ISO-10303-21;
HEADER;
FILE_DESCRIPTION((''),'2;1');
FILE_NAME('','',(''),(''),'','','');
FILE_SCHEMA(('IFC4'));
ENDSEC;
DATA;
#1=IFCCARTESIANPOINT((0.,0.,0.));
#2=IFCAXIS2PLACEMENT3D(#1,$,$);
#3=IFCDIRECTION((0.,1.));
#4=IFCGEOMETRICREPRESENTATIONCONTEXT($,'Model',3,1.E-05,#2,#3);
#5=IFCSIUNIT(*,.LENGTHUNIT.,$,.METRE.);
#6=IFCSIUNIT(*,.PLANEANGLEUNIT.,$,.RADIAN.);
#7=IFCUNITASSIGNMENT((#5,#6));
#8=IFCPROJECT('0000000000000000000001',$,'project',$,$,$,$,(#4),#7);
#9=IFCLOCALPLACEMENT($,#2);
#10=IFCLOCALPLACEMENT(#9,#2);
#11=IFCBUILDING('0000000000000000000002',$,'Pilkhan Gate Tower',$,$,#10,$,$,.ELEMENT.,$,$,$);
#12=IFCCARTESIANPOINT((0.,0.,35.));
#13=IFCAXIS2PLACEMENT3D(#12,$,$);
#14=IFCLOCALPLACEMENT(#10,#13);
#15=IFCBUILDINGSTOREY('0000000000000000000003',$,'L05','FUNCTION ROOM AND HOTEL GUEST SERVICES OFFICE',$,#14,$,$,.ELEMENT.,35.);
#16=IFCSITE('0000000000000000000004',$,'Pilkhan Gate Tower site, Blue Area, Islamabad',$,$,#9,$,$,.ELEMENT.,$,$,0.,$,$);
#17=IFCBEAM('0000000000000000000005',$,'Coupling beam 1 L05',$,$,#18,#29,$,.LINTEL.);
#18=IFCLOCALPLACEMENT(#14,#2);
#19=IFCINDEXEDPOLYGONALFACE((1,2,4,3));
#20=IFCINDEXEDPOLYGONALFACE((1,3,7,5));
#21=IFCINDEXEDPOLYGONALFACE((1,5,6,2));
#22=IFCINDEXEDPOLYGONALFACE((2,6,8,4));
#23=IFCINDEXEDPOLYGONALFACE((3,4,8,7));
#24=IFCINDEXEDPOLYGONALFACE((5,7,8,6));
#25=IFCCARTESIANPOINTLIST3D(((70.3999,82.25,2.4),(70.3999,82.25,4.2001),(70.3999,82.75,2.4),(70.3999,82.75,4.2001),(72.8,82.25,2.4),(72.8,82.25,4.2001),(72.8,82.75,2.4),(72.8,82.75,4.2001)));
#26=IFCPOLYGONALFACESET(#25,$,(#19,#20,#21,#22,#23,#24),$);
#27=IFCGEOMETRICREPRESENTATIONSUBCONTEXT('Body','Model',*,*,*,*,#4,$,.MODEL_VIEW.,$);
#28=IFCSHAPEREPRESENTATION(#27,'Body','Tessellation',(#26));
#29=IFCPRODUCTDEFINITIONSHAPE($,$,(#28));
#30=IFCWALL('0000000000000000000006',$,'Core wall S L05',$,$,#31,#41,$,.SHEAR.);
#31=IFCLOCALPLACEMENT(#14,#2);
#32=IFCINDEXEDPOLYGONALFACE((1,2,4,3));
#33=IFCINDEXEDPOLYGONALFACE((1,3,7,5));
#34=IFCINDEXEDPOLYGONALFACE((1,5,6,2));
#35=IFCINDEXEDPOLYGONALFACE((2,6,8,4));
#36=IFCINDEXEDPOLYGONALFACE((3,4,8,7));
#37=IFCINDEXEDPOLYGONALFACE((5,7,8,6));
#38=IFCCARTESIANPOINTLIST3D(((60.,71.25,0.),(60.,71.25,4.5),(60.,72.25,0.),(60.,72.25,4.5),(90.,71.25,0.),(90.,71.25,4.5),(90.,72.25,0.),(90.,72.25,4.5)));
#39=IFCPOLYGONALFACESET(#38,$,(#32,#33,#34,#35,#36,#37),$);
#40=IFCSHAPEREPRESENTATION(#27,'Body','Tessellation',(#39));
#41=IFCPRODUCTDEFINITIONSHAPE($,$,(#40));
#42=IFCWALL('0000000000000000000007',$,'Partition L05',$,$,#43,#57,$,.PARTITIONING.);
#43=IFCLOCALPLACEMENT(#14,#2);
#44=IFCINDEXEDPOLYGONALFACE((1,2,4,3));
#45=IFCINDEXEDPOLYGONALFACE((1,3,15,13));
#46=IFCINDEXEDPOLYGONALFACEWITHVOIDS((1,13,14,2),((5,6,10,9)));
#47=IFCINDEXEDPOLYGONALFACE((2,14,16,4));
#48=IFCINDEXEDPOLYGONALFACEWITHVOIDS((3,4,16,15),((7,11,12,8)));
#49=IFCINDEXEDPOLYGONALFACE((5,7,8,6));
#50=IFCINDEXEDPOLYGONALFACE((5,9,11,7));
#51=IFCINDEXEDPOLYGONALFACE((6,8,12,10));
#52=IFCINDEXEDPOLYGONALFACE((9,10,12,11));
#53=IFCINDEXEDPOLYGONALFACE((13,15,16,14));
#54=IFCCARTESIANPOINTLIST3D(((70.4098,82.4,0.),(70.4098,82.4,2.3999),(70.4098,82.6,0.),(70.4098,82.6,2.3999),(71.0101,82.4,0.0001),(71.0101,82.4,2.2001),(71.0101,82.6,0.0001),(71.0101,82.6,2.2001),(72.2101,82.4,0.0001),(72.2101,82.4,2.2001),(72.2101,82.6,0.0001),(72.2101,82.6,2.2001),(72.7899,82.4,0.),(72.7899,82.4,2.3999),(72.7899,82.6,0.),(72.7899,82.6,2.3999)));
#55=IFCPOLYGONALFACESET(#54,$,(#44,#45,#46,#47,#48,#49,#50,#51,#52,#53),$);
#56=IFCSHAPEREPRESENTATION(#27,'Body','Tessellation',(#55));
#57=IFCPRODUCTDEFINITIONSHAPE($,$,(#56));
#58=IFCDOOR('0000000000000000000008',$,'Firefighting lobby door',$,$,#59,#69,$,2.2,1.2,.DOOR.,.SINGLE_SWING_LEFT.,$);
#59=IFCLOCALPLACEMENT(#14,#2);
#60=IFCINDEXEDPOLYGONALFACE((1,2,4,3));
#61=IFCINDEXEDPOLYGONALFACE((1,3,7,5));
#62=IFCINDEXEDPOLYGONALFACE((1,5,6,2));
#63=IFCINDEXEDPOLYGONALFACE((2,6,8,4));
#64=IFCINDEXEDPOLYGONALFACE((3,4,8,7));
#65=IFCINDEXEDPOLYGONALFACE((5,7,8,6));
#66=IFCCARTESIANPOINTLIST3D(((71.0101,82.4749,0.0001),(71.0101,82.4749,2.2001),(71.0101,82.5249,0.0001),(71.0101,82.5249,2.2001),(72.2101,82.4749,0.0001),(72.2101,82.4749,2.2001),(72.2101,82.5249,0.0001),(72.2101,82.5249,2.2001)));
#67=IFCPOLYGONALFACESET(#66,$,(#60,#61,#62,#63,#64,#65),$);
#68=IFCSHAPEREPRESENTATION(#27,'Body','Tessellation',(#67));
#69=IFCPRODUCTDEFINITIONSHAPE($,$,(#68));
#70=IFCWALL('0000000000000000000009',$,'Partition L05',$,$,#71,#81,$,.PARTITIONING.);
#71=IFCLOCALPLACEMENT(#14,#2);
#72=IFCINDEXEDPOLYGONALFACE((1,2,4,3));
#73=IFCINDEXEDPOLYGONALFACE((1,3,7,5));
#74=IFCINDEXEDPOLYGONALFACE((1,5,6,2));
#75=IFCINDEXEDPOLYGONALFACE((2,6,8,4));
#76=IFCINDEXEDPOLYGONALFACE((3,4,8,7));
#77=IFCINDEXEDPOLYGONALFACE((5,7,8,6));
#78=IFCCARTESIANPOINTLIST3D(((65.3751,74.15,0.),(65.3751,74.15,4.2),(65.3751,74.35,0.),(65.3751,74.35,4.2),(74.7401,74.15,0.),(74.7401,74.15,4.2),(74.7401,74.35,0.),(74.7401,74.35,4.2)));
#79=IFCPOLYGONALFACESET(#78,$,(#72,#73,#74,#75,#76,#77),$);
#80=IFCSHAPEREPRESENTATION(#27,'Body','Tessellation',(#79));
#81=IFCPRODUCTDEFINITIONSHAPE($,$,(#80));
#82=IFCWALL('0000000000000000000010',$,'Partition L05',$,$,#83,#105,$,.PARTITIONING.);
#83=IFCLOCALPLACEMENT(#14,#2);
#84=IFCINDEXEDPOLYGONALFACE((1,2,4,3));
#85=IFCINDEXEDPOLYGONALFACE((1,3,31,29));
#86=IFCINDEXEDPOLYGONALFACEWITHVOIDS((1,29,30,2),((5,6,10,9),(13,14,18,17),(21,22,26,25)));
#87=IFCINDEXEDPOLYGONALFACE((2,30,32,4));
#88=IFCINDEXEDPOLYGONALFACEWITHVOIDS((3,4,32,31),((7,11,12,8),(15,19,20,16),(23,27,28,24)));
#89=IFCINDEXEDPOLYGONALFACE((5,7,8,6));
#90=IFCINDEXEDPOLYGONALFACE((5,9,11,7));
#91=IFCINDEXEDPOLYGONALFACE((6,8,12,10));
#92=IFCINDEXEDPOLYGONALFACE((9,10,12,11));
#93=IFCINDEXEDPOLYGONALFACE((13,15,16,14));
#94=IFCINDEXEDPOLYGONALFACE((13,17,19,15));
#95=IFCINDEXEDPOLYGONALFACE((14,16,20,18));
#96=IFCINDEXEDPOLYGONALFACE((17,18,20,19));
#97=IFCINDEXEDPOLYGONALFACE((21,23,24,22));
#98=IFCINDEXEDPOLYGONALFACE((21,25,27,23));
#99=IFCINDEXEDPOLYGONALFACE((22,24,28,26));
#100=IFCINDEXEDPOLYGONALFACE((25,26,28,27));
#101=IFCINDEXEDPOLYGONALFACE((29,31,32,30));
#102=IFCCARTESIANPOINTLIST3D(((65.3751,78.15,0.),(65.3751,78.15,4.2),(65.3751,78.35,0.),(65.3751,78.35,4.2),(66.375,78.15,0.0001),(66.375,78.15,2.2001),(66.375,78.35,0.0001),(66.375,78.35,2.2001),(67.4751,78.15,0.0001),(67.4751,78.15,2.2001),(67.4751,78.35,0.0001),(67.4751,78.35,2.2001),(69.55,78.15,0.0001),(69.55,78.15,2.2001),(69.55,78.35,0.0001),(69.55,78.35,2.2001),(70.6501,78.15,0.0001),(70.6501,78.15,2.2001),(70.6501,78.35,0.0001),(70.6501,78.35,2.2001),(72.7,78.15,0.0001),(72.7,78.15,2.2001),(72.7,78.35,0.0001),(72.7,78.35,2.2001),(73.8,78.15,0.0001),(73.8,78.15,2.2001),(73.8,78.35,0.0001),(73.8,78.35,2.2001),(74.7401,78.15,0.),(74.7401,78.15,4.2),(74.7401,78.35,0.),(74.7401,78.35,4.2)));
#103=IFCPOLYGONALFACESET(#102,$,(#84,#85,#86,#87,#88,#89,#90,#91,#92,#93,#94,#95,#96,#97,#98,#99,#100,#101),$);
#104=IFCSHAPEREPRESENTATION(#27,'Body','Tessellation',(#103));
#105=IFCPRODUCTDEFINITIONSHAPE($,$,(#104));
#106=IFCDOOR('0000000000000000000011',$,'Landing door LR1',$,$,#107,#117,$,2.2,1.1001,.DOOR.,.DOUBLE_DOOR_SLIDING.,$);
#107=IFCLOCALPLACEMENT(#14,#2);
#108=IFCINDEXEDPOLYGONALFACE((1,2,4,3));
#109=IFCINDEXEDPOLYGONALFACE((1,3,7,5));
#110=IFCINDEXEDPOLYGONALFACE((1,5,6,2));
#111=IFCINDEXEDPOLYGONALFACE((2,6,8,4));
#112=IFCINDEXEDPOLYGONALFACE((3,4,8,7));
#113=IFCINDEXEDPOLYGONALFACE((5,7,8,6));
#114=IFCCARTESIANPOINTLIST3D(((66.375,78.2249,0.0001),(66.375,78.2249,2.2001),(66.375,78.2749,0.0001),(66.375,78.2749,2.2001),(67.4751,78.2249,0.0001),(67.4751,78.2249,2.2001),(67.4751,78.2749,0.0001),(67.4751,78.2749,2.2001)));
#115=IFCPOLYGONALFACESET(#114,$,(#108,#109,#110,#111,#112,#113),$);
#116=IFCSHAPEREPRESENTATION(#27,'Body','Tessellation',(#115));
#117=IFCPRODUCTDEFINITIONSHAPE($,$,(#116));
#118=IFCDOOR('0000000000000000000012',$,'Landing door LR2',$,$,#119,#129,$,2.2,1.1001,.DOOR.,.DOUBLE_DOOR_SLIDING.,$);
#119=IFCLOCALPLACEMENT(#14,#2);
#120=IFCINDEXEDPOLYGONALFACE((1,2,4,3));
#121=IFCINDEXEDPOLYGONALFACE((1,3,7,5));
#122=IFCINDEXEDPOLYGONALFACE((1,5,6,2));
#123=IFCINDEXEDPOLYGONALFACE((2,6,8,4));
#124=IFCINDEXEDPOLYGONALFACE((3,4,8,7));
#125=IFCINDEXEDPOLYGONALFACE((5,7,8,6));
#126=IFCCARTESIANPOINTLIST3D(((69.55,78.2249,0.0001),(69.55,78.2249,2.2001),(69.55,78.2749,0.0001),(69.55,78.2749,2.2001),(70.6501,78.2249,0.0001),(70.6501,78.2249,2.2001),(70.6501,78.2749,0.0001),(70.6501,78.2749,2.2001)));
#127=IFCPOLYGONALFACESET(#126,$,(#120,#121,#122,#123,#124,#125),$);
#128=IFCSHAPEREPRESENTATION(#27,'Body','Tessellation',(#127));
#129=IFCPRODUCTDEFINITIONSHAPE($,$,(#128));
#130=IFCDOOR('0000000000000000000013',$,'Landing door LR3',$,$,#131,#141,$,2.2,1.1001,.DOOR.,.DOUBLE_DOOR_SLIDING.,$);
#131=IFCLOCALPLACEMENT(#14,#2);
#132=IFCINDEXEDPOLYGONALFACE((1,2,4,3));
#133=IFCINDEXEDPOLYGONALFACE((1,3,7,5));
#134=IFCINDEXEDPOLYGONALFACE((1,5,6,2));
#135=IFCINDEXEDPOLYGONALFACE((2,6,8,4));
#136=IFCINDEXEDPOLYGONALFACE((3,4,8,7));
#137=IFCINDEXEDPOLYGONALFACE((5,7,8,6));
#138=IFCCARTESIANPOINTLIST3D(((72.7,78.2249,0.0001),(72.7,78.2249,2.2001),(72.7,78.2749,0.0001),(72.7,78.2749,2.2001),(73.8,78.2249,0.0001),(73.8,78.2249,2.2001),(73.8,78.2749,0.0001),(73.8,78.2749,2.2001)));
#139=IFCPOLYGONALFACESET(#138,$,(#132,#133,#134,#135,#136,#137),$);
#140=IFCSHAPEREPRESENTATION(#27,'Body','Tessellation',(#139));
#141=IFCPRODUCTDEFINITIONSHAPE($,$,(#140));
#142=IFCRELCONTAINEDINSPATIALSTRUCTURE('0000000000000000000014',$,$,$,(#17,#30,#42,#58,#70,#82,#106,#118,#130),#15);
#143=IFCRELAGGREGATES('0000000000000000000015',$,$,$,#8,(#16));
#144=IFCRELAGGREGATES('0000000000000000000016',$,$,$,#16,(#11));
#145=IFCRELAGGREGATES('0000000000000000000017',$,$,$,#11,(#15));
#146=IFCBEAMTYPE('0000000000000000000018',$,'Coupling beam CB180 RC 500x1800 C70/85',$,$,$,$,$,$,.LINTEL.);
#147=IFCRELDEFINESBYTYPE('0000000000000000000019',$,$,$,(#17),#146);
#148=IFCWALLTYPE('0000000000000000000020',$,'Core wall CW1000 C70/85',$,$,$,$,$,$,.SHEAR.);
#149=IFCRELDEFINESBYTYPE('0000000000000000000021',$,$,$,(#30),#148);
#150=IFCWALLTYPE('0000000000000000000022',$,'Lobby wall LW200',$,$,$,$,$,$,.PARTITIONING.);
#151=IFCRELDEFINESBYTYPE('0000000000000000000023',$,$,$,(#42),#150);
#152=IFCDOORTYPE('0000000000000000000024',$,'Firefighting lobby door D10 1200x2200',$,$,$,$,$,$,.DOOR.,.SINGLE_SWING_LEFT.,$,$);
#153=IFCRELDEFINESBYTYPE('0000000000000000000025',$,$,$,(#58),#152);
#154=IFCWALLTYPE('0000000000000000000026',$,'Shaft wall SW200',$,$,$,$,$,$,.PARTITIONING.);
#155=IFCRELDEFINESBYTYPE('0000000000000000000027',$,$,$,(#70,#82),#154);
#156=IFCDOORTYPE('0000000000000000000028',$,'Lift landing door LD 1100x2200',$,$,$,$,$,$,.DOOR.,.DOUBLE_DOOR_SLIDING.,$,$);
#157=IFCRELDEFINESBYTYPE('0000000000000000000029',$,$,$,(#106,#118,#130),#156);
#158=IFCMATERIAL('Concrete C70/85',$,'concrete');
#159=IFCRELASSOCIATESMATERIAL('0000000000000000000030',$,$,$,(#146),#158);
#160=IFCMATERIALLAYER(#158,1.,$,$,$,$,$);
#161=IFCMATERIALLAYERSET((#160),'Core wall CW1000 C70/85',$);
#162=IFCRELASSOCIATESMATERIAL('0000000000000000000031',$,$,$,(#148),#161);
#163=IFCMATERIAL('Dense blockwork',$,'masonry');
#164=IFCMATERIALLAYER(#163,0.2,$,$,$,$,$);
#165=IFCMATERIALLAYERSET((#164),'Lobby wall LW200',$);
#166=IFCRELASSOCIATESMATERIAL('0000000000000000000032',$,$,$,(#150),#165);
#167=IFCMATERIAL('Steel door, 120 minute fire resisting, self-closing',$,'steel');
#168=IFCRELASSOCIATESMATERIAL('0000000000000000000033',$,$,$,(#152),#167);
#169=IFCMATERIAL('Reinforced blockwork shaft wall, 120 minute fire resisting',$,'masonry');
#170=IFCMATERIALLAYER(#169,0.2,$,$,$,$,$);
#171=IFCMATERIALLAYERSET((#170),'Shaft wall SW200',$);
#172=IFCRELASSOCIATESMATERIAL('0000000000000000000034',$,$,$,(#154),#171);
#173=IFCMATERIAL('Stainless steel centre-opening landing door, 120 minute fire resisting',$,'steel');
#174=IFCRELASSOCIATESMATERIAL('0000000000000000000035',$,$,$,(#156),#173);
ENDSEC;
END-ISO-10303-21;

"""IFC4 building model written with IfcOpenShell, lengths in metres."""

from ifc_helpers import new_model, si_unit, direction, frame, frame_2d, origin, origin_2d, place, context, subcontext, project, spatial, rectangle, extrude, material, layer, layer_set, material_profile, profile_set, type_object, element, fill, save


model = new_model("IFC4")

# Units and contexts
model_context = context("Model", 3, precision=1e-05, world=origin(), true_north=direction((0.0, 1.0)))
body_context = subcontext(model_context, "Body", "Model", "MODEL_VIEW")
ifc_project = project(units=[si_unit("LENGTHUNIT", "METRE"), si_unit("PLANEANGLEUNIT", "RADIAN")], contexts=[model_context])

# Site, building, storey
site_placement = place(None, origin())
site = spatial("IfcSite", under=ifc_project, at=site_placement, Name="Pilkhan Gate Tower site, Blue Area, Islamabad", CompositionType="ELEMENT", RefElevation=0.0)
building_placement = place(site_placement, origin())
building = spatial("IfcBuilding", under=site, at=building_placement, Name="Pilkhan Gate Tower", CompositionType="ELEMENT")
storey_placement = place(building_placement, frame((0.0, 0.0, 35.0)))
storey = spatial("IfcBuildingStorey", under=building, at=storey_placement, Name="L05", Description="FUNCTION ROOM AND HOTEL GUEST SERVICES OFFICE", CompositionType="ELEMENT", Elevation=35.0)

# Beam
ifc_material_1 = material(Name="Concrete C70/85", Category="concrete")
ifc_material_profile = material_profile(ifc_material_1, rectangle(XDim=0.5, YDim=1.8, at=origin_2d()), Name="RC 500x1800")
ifc_profile_set = profile_set([ifc_material_profile], Name="Concrete C70/85")
beam_type = type_object("IfcBeamType", Name="Coupling beam CB180 RC 500x1800 C70/85", PredefinedType="LINTEL", material=ifc_profile_set)
beam_placement = place(storey_placement, frame((70.3999, 82.5, 3.3), z_axis=(1.0, 0.0, 0.0), x_axis=(0.0, 1.0, 0.0)))
element("IfcBeam", 1, at=beam_placement, inside=storey, type_object=beam_type, Name="Coupling beam 1 L05", PredefinedType="LINTEL", context=body_context, shape_type="SweptSolid", body=[
    extrude(rectangle(XDim=0.5, YDim=1.8, at=origin_2d()), origin(), (0.0, 0.0, 1.0), 2.4001),
])

# Wall
ifc_layer_1 = layer(ifc_material_1, 1.0)
ifc_layer_set_1 = layer_set([ifc_layer_1], Name="Core wall CW1000 C70/85")
wall_type_1 = type_object("IfcWallType", Name="Core wall CW1000 C70/85", PredefinedType="SHEAR", material=ifc_layer_set_1)
wall_1_placement = place(storey_placement, frame((60.0, 71.75, 0.0), z_axis=(0.0, 0.0, 1.0), x_axis=(1.0, 0.0, 0.0)))
element("IfcWall", 2, at=wall_1_placement, inside=storey, type_object=wall_type_1, Name="Core wall S L05", PredefinedType="SHEAR", context=body_context, shape_type="SweptSolid", body=[
    extrude(rectangle(XDim=30.0, YDim=1.0, at=frame_2d((15.0, 0.0))), origin(), (0.0, 0.0, 1.0), 4.5),
])

# Wall, opening, door
ifc_material_2 = material(Name="Dense blockwork", Category="masonry")
ifc_layer_2 = layer(ifc_material_2, 0.2)
ifc_layer_set_2 = layer_set([ifc_layer_2], Name="Lobby wall LW200")
wall_type_2 = type_object("IfcWallType", Name="Lobby wall LW200", PredefinedType="PARTITIONING", material=ifc_layer_set_2)
wall_2_placement = place(storey_placement, frame((70.4099, 82.5, 0.0), z_axis=(0.0, 0.0, 1.0), x_axis=(1.0, 0.0, 0.0)))
wall_2 = element("IfcWall", 3, at=wall_2_placement, inside=storey, type_object=wall_type_2, Name="Partition L05", PredefinedType="PARTITIONING", context=body_context, shape_type="SweptSolid", body=[
    extrude(rectangle(XDim=2.3801, YDim=0.2, at=frame_2d((1.1899, 0.0))), origin(), (0.0, 0.0, 1.0), 2.3999),
])
opening_1_placement = place(wall_2_placement, frame((0.6001, 0.0, 0.0)))
opening_1 = element("IfcOpeningElement", 4, at=opening_1_placement, cuts=wall_2, PredefinedType="OPENING", context=body_context, shape_type="SweptSolid", body=[
    extrude(rectangle(XDim=1.2, YDim=2.2, at=frame_2d((0.6001, 1.1001))), frame((0.0, 0.1099, 0.0), z_axis=(0.0, -1.0, 0.0), x_axis=(1.0, 0.0, 0.0)), (0.0, 0.0, 1.0), 0.22),
])
ifc_material_3 = material(Name="Steel door, 120 minute fire resisting, self-closing", Category="steel")
door_type_1 = type_object("IfcDoorType", Name="Firefighting lobby door D10 1200x2200", OperationType="SINGLE_SWING_LEFT", PredefinedType="DOOR", material=ifc_material_3)
door_1_placement = place(opening_1_placement, origin())
door_1 = element("IfcDoor", 5, at=door_1_placement, inside=storey, type_object=door_type_1, Name="Firefighting lobby door", OperationType="SINGLE_SWING_LEFT", OverallHeight=2.2, OverallWidth=1.2, PredefinedType="DOOR", context=body_context, shape_type="SweptSolid", body=[
    extrude(rectangle(XDim=1.2, YDim=2.2, at=frame_2d((0.6001, 1.1001))), frame((0.0, 0.0249, 0.0), z_axis=(0.0, -1.0, 0.0), x_axis=(1.0, 0.0, 0.0)), (0.0, 0.0, 1.0), 0.05),
])
fill(opening_1, door_1)

# Wall
ifc_material_4 = material(Name="Reinforced blockwork shaft wall, 120 minute fire resisting", Category="masonry")
ifc_layer_3 = layer(ifc_material_4, 0.2)
ifc_layer_set_3 = layer_set([ifc_layer_3], Name="Shaft wall SW200")
wall_type_3 = type_object("IfcWallType", Name="Shaft wall SW200", PredefinedType="PARTITIONING", material=ifc_layer_set_3)
wall_3_placement = place(storey_placement, frame((65.375, 74.25, 0.0), z_axis=(0.0, 0.0, 1.0), x_axis=(1.0, 0.0, 0.0)))
element("IfcWall", 6, at=wall_3_placement, inside=storey, type_object=wall_type_3, Name="Partition L05", PredefinedType="PARTITIONING", context=body_context, shape_type="SweptSolid", body=[
    extrude(rectangle(XDim=9.365, YDim=0.2, at=frame_2d((4.6826, 0.0))), origin(), (0.0, 0.0, 1.0), 4.2),
])

# Wall, openings, doors
wall_4_placement = place(storey_placement, frame((65.375, 78.25, 0.0), z_axis=(0.0, 0.0, 1.0), x_axis=(1.0, 0.0, 0.0)))
wall_4 = element("IfcWall", 7, at=wall_4_placement, inside=storey, type_object=wall_type_3, Name="Partition L05", PredefinedType="PARTITIONING", context=body_context, shape_type="SweptSolid", body=[
    extrude(rectangle(XDim=9.365, YDim=0.2, at=frame_2d((4.6826, 0.0))), origin(), (0.0, 0.0, 1.0), 4.2),
])
opening_2_placement = place(wall_4_placement, frame((1.0, 0.0, 0.0)))
opening_2 = element("IfcOpeningElement", 8, at=opening_2_placement, cuts=wall_4, PredefinedType="OPENING", context=body_context, shape_type="SweptSolid", body=[
    extrude(rectangle(XDim=1.1001, YDim=2.2, at=frame_2d((0.55, 1.1001))), frame((0.0, 0.1099, 0.0), z_axis=(0.0, -1.0, 0.0), x_axis=(1.0, 0.0, 0.0)), (0.0, 0.0, 1.0), 0.22),
])
opening_3_placement = place(wall_4_placement, frame((4.175, 0.0, 0.0)))
opening_3 = element("IfcOpeningElement", 9, at=opening_3_placement, cuts=wall_4, PredefinedType="OPENING", context=body_context, shape_type="SweptSolid", body=[
    extrude(rectangle(XDim=1.1001, YDim=2.2, at=frame_2d((0.55, 1.1001))), frame((0.0, 0.1099, 0.0), z_axis=(0.0, -1.0, 0.0), x_axis=(1.0, 0.0, 0.0)), (0.0, 0.0, 1.0), 0.22),
])
opening_4_placement = place(wall_4_placement, frame((7.325, 0.0, 0.0)))
opening_4 = element("IfcOpeningElement", 10, at=opening_4_placement, cuts=wall_4, PredefinedType="OPENING", context=body_context, shape_type="SweptSolid", body=[
    extrude(rectangle(XDim=1.1001, YDim=2.2, at=frame_2d((0.55, 1.1001))), frame((0.0, 0.1099, 0.0), z_axis=(0.0, -1.0, 0.0), x_axis=(1.0, 0.0, 0.0)), (0.0, 0.0, 1.0), 0.22),
])
ifc_material_5 = material(Name="Stainless steel centre-opening landing door, 120 minute fire resisting", Category="steel")
door_type_2 = type_object("IfcDoorType", Name="Lift landing door LD 1100x2200", OperationType="DOUBLE_DOOR_SLIDING", PredefinedType="DOOR", material=ifc_material_5)
door_2_placement = place(opening_2_placement, origin())
door_2 = element("IfcDoor", 11, at=door_2_placement, inside=storey, type_object=door_type_2, Name="Landing door LR1", OperationType="DOUBLE_DOOR_SLIDING", OverallHeight=2.2, OverallWidth=1.1001, PredefinedType="DOOR", context=body_context, shape_type="SweptSolid", body=[
    extrude(rectangle(XDim=1.1001, YDim=2.2, at=frame_2d((0.55, 1.1001))), frame((0.0, 0.0249, 0.0), z_axis=(0.0, -1.0, 0.0), x_axis=(1.0, 0.0, 0.0)), (0.0, 0.0, 1.0), 0.05),
])
fill(opening_2, door_2)
door_3_placement = place(opening_3_placement, origin())
door_3 = element("IfcDoor", 12, at=door_3_placement, inside=storey, type_object=door_type_2, Name="Landing door LR2", OperationType="DOUBLE_DOOR_SLIDING", OverallHeight=2.2, OverallWidth=1.1001, PredefinedType="DOOR", context=body_context, shape_type="SweptSolid", body=[
    extrude(rectangle(XDim=1.1001, YDim=2.2, at=frame_2d((0.55, 1.1001))), frame((0.0, 0.0249, 0.0), z_axis=(0.0, -1.0, 0.0), x_axis=(1.0, 0.0, 0.0)), (0.0, 0.0, 1.0), 0.05),
])
fill(opening_3, door_3)
door_4_placement = place(opening_4_placement, origin())
door_4 = element("IfcDoor", 13, at=door_4_placement, inside=storey, type_object=door_type_2, Name="Landing door LR3", OperationType="DOUBLE_DOOR_SLIDING", OverallHeight=2.2, OverallWidth=1.1001, PredefinedType="DOOR", context=body_context, shape_type="SweptSolid", body=[
    extrude(rectangle(XDim=1.1001, YDim=2.2, at=frame_2d((0.55, 1.1001))), frame((0.0, 0.0249, 0.0), z_axis=(0.0, -1.0, 0.0), x_axis=(1.0, 0.0, 0.0)), (0.0, 0.0, 1.0), 0.05),
])
fill(opening_4, door_4)

save(model, "model.ifc")
